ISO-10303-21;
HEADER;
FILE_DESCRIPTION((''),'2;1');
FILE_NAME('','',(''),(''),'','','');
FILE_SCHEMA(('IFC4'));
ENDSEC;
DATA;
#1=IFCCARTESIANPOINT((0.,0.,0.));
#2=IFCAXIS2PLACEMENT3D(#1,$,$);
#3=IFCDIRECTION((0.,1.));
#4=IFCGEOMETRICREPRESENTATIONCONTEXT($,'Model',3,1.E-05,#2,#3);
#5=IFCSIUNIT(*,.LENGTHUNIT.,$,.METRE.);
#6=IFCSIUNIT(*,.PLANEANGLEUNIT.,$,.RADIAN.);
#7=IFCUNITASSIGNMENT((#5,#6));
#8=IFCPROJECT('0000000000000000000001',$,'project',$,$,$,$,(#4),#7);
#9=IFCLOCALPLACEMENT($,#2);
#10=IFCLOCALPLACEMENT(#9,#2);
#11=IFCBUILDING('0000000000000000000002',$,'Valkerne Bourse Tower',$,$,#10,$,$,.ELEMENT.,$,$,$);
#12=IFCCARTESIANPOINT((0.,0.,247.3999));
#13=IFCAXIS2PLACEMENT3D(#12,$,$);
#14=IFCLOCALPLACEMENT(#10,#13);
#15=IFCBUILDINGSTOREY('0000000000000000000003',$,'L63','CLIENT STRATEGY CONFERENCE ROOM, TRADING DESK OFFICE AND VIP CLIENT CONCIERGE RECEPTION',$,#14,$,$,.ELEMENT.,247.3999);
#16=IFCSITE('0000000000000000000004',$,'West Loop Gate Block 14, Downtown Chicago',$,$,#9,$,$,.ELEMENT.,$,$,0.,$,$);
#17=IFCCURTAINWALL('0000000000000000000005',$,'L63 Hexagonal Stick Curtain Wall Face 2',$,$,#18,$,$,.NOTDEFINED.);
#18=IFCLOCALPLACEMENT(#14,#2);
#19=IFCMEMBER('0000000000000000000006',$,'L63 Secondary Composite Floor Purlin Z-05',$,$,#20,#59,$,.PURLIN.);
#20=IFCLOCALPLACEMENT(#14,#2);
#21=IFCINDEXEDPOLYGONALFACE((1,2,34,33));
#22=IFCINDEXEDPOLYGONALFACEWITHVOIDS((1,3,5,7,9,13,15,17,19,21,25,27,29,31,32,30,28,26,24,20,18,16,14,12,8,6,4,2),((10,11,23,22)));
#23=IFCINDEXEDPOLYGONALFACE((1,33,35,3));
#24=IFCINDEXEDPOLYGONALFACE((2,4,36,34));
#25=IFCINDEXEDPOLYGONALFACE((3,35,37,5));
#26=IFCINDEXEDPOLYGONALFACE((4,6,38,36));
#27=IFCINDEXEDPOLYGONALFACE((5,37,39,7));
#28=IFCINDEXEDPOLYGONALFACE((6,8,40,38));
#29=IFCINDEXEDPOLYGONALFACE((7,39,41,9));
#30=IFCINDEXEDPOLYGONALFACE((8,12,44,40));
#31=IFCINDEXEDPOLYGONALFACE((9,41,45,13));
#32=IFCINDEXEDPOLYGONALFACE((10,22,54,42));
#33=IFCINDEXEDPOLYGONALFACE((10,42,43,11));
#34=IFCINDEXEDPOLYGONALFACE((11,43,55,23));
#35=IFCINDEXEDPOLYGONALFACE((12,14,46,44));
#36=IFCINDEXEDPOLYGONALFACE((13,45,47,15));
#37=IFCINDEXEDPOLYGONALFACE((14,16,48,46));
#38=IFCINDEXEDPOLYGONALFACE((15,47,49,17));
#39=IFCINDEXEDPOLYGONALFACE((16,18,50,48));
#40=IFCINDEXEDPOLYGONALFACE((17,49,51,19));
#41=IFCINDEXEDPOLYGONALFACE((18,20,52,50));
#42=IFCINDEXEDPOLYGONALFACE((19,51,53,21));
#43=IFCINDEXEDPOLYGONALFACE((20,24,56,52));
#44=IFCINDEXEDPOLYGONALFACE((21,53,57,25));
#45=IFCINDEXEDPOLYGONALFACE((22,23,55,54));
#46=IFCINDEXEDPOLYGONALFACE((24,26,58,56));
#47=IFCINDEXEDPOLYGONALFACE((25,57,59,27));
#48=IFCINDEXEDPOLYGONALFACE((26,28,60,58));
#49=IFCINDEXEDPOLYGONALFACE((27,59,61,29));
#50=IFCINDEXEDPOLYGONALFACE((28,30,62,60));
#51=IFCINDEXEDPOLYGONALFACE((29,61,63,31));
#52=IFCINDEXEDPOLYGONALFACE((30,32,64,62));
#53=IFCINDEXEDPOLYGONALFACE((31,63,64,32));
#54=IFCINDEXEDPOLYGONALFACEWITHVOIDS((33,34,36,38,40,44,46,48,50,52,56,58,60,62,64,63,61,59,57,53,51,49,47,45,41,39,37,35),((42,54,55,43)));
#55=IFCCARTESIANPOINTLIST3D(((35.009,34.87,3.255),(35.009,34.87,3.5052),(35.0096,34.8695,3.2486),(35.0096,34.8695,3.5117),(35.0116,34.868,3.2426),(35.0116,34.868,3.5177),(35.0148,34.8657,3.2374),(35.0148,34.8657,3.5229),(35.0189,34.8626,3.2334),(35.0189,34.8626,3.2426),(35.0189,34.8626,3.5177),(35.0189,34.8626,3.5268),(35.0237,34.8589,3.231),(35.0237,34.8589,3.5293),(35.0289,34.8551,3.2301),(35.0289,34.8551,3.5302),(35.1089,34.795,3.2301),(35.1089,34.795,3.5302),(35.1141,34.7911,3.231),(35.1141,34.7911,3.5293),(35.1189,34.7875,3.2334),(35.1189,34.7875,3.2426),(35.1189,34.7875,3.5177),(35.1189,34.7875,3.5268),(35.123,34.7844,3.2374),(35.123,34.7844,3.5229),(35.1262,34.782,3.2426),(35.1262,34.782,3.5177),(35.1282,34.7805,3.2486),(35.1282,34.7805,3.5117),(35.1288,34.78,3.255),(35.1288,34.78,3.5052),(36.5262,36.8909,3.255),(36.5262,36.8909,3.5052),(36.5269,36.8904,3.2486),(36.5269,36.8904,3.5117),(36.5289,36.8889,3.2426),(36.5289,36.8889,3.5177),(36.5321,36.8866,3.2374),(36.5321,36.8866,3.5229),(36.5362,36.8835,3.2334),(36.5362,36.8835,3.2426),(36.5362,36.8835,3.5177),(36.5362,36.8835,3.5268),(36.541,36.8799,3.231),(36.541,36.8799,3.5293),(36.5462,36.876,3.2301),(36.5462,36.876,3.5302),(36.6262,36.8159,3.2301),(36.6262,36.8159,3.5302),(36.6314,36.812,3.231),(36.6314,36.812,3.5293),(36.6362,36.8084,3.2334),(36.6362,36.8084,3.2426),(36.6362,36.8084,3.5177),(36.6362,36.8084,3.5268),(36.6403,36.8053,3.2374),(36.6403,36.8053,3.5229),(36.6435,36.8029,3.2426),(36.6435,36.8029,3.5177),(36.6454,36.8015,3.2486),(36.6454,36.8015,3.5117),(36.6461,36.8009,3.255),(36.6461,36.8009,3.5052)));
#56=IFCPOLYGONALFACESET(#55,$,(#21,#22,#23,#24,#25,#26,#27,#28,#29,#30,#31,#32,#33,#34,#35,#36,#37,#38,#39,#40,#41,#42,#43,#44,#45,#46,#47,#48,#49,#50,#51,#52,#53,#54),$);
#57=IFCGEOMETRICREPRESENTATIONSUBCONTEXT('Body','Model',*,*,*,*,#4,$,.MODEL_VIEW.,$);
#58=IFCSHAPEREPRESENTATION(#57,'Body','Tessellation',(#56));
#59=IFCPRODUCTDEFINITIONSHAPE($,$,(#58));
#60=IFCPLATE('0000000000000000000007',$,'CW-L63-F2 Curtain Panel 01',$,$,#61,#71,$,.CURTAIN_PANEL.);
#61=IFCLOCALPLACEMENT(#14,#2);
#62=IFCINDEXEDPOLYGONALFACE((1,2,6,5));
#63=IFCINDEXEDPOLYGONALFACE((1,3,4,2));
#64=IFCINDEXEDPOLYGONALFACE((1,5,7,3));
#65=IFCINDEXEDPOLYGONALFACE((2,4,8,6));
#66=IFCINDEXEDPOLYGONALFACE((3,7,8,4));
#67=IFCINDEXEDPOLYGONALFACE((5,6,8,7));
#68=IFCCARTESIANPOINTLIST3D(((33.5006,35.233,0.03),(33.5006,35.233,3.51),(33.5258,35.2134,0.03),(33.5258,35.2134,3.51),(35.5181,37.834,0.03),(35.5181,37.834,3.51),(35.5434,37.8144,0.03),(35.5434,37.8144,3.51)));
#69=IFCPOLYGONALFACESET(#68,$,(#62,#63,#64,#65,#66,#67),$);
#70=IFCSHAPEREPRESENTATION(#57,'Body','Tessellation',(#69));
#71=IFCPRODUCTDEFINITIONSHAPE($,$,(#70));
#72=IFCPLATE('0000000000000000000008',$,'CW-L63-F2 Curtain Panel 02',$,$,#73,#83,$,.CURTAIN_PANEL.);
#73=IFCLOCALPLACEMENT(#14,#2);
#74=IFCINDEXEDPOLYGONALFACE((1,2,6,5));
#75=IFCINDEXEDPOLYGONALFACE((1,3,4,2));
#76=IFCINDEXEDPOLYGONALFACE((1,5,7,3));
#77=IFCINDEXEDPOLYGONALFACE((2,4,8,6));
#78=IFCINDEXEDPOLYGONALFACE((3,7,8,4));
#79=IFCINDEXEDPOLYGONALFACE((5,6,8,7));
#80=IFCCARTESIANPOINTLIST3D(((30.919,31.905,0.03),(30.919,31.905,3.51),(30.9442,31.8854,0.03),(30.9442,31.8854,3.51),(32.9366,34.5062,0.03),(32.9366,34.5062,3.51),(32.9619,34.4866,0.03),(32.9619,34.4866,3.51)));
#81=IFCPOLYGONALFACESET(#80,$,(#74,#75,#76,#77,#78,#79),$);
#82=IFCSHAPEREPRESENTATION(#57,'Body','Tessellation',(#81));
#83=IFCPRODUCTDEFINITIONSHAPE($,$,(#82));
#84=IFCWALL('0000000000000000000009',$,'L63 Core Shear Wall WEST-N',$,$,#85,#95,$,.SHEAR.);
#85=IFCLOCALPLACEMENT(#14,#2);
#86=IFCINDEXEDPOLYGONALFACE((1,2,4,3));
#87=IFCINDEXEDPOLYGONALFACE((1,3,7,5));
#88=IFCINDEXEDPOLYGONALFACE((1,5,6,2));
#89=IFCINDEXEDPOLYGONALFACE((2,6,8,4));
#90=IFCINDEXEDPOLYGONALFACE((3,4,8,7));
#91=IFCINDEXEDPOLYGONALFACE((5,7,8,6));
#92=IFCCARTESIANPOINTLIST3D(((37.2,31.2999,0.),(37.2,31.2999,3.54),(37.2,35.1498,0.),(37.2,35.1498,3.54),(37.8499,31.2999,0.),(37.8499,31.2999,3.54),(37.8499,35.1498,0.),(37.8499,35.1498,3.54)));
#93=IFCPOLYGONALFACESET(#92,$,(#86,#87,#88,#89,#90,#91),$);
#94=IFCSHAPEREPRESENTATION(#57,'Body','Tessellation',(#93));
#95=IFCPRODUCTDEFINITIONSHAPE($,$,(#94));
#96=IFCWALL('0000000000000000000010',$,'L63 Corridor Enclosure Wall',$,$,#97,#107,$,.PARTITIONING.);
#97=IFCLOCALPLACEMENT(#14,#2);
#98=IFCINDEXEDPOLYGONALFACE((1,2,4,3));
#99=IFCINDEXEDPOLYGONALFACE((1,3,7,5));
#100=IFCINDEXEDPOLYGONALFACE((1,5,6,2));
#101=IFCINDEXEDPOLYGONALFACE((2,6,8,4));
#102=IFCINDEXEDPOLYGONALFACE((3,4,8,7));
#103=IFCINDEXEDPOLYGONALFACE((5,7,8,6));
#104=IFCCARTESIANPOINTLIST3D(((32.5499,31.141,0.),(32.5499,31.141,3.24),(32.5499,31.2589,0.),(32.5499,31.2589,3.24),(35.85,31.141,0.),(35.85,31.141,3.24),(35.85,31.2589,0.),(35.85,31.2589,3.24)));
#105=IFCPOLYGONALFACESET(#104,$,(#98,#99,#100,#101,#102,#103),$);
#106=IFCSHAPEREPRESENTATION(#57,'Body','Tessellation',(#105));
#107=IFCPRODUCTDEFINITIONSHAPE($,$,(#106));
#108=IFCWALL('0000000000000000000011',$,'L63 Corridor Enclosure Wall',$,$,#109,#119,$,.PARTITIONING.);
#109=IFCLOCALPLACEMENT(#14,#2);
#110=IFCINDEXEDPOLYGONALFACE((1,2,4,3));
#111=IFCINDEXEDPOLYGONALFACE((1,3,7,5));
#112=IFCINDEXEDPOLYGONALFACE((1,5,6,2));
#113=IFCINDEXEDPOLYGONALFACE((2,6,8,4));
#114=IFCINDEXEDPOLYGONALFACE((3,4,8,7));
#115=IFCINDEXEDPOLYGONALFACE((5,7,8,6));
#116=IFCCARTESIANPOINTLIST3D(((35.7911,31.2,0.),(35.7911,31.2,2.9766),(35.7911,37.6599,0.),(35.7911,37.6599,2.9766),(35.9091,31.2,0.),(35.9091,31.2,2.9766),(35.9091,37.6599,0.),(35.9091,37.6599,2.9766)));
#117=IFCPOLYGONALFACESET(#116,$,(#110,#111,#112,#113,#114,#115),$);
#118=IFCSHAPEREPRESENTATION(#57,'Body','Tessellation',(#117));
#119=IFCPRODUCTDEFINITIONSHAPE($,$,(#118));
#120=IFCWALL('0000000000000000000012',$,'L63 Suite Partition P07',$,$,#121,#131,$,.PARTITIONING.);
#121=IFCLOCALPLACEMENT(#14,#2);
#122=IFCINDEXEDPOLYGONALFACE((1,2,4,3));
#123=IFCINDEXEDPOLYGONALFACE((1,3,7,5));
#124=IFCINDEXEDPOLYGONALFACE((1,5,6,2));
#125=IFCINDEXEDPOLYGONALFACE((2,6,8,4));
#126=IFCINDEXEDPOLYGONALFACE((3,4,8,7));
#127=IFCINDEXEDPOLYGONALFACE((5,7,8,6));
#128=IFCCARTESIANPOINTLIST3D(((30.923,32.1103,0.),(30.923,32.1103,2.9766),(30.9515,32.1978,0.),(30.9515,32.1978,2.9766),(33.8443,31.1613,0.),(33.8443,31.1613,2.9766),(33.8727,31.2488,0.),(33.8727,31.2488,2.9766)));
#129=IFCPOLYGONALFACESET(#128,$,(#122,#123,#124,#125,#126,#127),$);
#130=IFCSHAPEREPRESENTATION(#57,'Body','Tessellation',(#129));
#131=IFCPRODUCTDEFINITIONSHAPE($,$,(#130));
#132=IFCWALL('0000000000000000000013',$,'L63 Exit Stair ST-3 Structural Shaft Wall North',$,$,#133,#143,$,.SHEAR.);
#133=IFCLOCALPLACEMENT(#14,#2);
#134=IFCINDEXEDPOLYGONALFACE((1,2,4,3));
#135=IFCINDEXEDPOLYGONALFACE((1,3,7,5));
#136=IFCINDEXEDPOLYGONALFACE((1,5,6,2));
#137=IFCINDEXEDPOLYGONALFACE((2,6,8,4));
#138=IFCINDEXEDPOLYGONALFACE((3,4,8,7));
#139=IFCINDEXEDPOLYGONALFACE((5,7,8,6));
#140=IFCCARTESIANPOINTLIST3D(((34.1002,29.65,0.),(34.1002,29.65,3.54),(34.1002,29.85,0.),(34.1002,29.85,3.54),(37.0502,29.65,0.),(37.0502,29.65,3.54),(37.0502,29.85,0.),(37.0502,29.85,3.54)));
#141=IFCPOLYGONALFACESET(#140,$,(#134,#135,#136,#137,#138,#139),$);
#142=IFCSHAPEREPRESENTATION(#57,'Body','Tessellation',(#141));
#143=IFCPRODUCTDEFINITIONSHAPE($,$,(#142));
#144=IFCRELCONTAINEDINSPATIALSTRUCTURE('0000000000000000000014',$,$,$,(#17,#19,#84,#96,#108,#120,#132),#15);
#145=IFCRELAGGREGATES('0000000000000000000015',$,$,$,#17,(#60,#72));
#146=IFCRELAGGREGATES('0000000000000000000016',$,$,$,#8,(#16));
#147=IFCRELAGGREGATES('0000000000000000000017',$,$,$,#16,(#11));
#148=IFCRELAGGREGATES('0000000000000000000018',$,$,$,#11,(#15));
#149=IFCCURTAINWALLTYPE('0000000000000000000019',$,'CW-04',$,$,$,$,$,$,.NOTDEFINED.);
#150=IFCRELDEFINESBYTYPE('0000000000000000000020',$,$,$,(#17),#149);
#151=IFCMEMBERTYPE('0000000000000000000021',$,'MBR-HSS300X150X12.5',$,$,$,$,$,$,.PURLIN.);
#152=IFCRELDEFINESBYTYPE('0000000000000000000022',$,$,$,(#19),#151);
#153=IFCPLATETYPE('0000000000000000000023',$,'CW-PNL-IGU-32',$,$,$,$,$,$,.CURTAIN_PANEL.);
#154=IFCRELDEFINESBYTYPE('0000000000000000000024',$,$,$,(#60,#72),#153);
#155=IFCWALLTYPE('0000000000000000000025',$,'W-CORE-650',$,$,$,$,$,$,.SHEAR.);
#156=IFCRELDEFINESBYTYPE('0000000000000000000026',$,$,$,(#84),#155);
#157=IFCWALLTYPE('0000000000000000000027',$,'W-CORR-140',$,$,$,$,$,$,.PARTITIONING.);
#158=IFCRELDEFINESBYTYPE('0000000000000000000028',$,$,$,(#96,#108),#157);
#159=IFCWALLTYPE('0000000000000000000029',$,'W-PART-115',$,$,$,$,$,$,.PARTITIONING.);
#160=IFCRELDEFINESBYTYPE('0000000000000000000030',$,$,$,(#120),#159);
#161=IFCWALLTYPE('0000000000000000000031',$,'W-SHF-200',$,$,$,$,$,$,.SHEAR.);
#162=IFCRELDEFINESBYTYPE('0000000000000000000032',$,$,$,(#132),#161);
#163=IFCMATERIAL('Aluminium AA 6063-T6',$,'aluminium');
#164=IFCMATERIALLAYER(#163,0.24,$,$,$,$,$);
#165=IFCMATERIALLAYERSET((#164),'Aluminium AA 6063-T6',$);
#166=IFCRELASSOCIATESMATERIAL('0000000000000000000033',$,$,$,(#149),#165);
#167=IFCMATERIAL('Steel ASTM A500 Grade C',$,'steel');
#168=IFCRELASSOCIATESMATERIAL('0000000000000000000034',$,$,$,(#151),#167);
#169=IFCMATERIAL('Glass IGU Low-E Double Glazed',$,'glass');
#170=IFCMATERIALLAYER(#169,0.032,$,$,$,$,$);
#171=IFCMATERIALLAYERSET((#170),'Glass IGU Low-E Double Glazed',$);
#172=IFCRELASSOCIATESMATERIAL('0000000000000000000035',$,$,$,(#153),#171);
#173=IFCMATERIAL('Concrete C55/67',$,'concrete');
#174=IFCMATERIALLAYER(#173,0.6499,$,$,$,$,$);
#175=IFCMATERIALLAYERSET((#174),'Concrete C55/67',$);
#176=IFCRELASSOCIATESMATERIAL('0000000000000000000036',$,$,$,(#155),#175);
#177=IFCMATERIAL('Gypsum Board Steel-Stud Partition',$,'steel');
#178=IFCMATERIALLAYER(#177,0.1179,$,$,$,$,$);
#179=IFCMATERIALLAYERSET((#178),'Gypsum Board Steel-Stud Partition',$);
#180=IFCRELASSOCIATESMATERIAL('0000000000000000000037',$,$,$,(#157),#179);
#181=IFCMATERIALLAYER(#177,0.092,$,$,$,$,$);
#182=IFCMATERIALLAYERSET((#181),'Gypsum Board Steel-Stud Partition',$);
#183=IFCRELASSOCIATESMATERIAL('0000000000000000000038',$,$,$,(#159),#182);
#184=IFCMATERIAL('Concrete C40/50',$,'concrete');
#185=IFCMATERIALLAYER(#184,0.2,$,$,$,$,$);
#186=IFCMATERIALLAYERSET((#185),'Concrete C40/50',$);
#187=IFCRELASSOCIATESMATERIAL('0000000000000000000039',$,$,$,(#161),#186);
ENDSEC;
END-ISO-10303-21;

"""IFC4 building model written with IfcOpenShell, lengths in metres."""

from ifc_helpers import new_model, si_unit, direction, frame, frame_2d, origin, origin_2d, place, context, subcontext, project, spatial, rectangle, hollow_rectangle, extrude, material, layer, layer_set, material_profile, profile_set, type_object, element, aggregate, save


model = new_model("IFC4")

# Units and contexts
model_context = context("Model", 3, precision=1e-05, world=origin(), true_north=direction((0.0, 1.0)))
body_context = subcontext(model_context, "Body", "Model", "MODEL_VIEW")
ifc_project = project(units=[si_unit("LENGTHUNIT", "METRE"), si_unit("PLANEANGLEUNIT", "RADIAN")], contexts=[model_context])

# Site, building, storey
site_placement = place(None, origin())
site = spatial("IfcSite", under=ifc_project, at=site_placement, Name="West Loop Gate Block 14, Downtown Chicago", CompositionType="ELEMENT", RefElevation=0.0)
building_placement = place(site_placement, origin())
building = spatial("IfcBuilding", under=site, at=building_placement, Name="Valkerne Bourse Tower", CompositionType="ELEMENT")
storey_placement = place(building_placement, frame((0.0, 0.0, 247.3999)))
storey = spatial("IfcBuildingStorey", under=building, at=storey_placement, Name="L63", Description="CLIENT STRATEGY CONFERENCE ROOM, TRADING DESK OFFICE AND VIP CLIENT CONCIERGE RECEPTION", CompositionType="ELEMENT", Elevation=247.3999)

# Curtain wall
ifc_material_1 = material(Name="Aluminium AA 6063-T6", Category="aluminium")
ifc_layer_1 = layer(ifc_material_1, 0.24)
ifc_layer_set_1 = layer_set([ifc_layer_1], Name="Aluminium AA 6063-T6")
curtain_wall_type = type_object("IfcCurtainWallType", Name="CW-04", PredefinedType="NOTDEFINED", material=ifc_layer_set_1)
curtain_wall_placement = place(storey_placement, origin())
curtain_wall = element("IfcCurtainWall", 1, at=curtain_wall_placement, inside=storey, type_object=curtain_wall_type, Name="L63 Hexagonal Stick Curtain Wall Face 2", PredefinedType="NOTDEFINED")

# Member
ifc_material_2 = material(Name="Steel ASTM A500 Grade C", Category="steel")
ifc_material_profile_1 = material_profile(ifc_material_2, hollow_rectangle(XDim=0.1499, YDim=0.3, WallThickness=0.0125, OuterFilletRadius=0.0249, at=origin_2d()), Name="HSS300X150X12.5")
ifc_profile_set_1 = profile_set([ifc_material_profile_1], Name="Steel ASTM A500 Grade C")
member_type_1 = type_object("IfcMemberType", Name="MBR-HSS300X150X12.5", PredefinedType="PURLIN", material=ifc_profile_set_1)
member_1_placement = place(storey_placement, frame((36.5862, 36.8459, 3.3801), z_axis=(-0.600402, -0.799698, 0.0), x_axis=(0.799698, -0.600402, 0.0)))
element("IfcMember", 2, at=member_1_placement, inside=storey, type_object=member_type_1, Name="L63 Secondary Composite Floor Purlin Z-05", PredefinedType="PURLIN", context=body_context, shape_type="SweptSolid", body=[
    extrude(hollow_rectangle(XDim=0.1499, YDim=0.3, WallThickness=0.0125, OuterFilletRadius=0.0249, at=origin_2d()), origin(), (0.0, 0.0, 1.0), 2.5271),
])

# Plates
ifc_material_3 = material(Name="Glass IGU Low-E Double Glazed", Category="glass")
ifc_layer_2 = layer(ifc_material_3, 0.032)
ifc_layer_set_2 = layer_set([ifc_layer_2], Name="Glass IGU Low-E Double Glazed")
plate_type = type_object("IfcPlateType", Name="CW-PNL-IGU-32", PredefinedType="CURTAIN_PANEL", material=ifc_layer_set_2)
plate_1_placement = place(storey_placement, frame((34.522, 36.5237, 0.03), z_axis=(0.0, 0.0, 1.0), x_axis=(-0.612901, -0.790159, 0.0)))
plate_1 = element("IfcPlate", 3, at=plate_1_placement, type_object=plate_type, Name="CW-L63-F2 Curtain Panel 01", PredefinedType="CURTAIN_PANEL", context=body_context, shape_type="SweptSolid", body=[
    extrude(rectangle(XDim=3.2917, YDim=0.032, at=origin_2d()), origin(), (0.0, 0.0, 1.0), 3.48),
])
plate_2_placement = place(storey_placement, frame((31.9404, 33.1958, 0.03), z_axis=(0.0, 0.0, 1.0), x_axis=(-0.612905, -0.790157, 0.0)))
plate_2 = element("IfcPlate", 4, at=plate_2_placement, type_object=plate_type, Name="CW-L63-F2 Curtain Panel 02", PredefinedType="CURTAIN_PANEL", context=body_context, shape_type="SweptSolid", body=[
    extrude(rectangle(XDim=3.292, YDim=0.032, at=origin_2d()), origin(), (0.0, 0.0, 1.0), 3.48),
])
aggregate(curtain_wall, [plate_1, plate_2])

# Shared definitions
ifc_material_4 = material(Name="Concrete C55/67", Category="concrete")
ifc_layer_3 = layer(ifc_material_4, 0.6499)
ifc_layer_set_3 = layer_set([ifc_layer_3], Name="Concrete C55/67")
wall_type_1 = type_object("IfcWallType", Name="W-CORE-650", PredefinedType="SHEAR", material=ifc_layer_set_3)

# Walls
wall_1_placement = place(storey_placement, frame((37.5249, 31.3, 0.0), z_axis=(0.0, 0.0, 1.0), x_axis=(0.0, 1.0, 0.0)))
element("IfcWall", 5, at=wall_1_placement, inside=storey, type_object=wall_type_1, Name="L63 Core Shear Wall WEST-N", PredefinedType="SHEAR", context=body_context, shape_type="SweptSolid", body=[
    extrude(rectangle(XDim=3.8499, YDim=0.6499, at=frame_2d((1.9248, 0.0))), origin(), (0.0, 0.0, 1.0), 3.54),
])
ifc_material_5 = material(Name="Gypsum Board Steel-Stud Partition", Category="steel")
ifc_layer_4 = layer(ifc_material_5, 0.1179)
ifc_layer_set_4 = layer_set([ifc_layer_4], Name="Gypsum Board Steel-Stud Partition")
wall_type_2 = type_object("IfcWallType", Name="W-CORR-140", PredefinedType="PARTITIONING", material=ifc_layer_set_4)
wall_2_placement = place(storey_placement, frame((32.55, 31.2, 0.0), z_axis=(0.0, 0.0, 1.0), x_axis=(1.0, 0.0, 0.0)))
element("IfcWall", 6, at=wall_2_placement, inside=storey, type_object=wall_type_2, Name="L63 Corridor Enclosure Wall", PredefinedType="PARTITIONING", context=body_context, shape_type="SweptSolid", body=[
    extrude(rectangle(XDim=3.3, YDim=0.1179, at=frame_2d((1.6499, 0.0))), origin(), (0.0, 0.0, 1.0), 3.24),
])
wall_3_placement = place(storey_placement, frame((35.8501, 31.2, 0.0), z_axis=(0.0, 0.0, 1.0), x_axis=(0.0, 1.0, 0.0)))
element("IfcWall", 7, at=wall_3_placement, inside=storey, type_object=wall_type_2, Name="L63 Corridor Enclosure Wall", PredefinedType="PARTITIONING", context=body_context, shape_type="SweptSolid", body=[
    extrude(rectangle(XDim=6.46, YDim=0.1179, at=frame_2d((3.23, 0.0))), origin(), (0.0, 0.0, 1.0), 2.9766),
])

# Walls
ifc_layer_5 = layer(ifc_material_5, 0.092)
ifc_layer_set_5 = layer_set([ifc_layer_5], Name="Gypsum Board Steel-Stud Partition")
wall_type_3 = type_object("IfcWallType", Name="W-PART-115", PredefinedType="PARTITIONING", material=ifc_layer_set_5)
wall_4_placement = place(storey_placement, frame((33.8584, 31.2051, 0.0), z_axis=(0.0, 0.0, 1.0), x_axis=(-0.951072, 0.308969, 0.0)))
element("IfcWall", 8, at=wall_4_placement, inside=storey, type_object=wall_type_3, Name="L63 Suite Partition P07", PredefinedType="PARTITIONING", context=body_context, shape_type="SweptSolid", body=[
    extrude(rectangle(XDim=3.0715, YDim=0.092, at=frame_2d((1.5356, 0.0))), origin(), (0.0, 0.0, 1.0), 2.9766),
])
ifc_material_6 = material(Name="Concrete C40/50", Category="concrete")
ifc_layer_6 = layer(ifc_material_6, 0.2)
ifc_layer_set_6 = layer_set([ifc_layer_6], Name="Concrete C40/50")
wall_type_4 = type_object("IfcWallType", Name="W-SHF-200", PredefinedType="SHEAR", material=ifc_layer_set_6)
wall_5_placement = place(storey_placement, frame((34.1001, 29.75, 0.0), z_axis=(0.0, 0.0, 1.0), x_axis=(1.0, 0.0, 0.0)))
element("IfcWall", 9, at=wall_5_placement, inside=storey, type_object=wall_type_4, Name="L63 Exit Stair ST-3 Structural Shaft Wall North", PredefinedType="SHEAR", context=body_context, shape_type="SweptSolid", body=[
    extrude(rectangle(XDim=2.95, YDim=0.2, at=frame_2d((1.4751, 0.0))), origin(), (0.0, 0.0, 1.0), 3.54),
])

save(model, "model.ifc")
